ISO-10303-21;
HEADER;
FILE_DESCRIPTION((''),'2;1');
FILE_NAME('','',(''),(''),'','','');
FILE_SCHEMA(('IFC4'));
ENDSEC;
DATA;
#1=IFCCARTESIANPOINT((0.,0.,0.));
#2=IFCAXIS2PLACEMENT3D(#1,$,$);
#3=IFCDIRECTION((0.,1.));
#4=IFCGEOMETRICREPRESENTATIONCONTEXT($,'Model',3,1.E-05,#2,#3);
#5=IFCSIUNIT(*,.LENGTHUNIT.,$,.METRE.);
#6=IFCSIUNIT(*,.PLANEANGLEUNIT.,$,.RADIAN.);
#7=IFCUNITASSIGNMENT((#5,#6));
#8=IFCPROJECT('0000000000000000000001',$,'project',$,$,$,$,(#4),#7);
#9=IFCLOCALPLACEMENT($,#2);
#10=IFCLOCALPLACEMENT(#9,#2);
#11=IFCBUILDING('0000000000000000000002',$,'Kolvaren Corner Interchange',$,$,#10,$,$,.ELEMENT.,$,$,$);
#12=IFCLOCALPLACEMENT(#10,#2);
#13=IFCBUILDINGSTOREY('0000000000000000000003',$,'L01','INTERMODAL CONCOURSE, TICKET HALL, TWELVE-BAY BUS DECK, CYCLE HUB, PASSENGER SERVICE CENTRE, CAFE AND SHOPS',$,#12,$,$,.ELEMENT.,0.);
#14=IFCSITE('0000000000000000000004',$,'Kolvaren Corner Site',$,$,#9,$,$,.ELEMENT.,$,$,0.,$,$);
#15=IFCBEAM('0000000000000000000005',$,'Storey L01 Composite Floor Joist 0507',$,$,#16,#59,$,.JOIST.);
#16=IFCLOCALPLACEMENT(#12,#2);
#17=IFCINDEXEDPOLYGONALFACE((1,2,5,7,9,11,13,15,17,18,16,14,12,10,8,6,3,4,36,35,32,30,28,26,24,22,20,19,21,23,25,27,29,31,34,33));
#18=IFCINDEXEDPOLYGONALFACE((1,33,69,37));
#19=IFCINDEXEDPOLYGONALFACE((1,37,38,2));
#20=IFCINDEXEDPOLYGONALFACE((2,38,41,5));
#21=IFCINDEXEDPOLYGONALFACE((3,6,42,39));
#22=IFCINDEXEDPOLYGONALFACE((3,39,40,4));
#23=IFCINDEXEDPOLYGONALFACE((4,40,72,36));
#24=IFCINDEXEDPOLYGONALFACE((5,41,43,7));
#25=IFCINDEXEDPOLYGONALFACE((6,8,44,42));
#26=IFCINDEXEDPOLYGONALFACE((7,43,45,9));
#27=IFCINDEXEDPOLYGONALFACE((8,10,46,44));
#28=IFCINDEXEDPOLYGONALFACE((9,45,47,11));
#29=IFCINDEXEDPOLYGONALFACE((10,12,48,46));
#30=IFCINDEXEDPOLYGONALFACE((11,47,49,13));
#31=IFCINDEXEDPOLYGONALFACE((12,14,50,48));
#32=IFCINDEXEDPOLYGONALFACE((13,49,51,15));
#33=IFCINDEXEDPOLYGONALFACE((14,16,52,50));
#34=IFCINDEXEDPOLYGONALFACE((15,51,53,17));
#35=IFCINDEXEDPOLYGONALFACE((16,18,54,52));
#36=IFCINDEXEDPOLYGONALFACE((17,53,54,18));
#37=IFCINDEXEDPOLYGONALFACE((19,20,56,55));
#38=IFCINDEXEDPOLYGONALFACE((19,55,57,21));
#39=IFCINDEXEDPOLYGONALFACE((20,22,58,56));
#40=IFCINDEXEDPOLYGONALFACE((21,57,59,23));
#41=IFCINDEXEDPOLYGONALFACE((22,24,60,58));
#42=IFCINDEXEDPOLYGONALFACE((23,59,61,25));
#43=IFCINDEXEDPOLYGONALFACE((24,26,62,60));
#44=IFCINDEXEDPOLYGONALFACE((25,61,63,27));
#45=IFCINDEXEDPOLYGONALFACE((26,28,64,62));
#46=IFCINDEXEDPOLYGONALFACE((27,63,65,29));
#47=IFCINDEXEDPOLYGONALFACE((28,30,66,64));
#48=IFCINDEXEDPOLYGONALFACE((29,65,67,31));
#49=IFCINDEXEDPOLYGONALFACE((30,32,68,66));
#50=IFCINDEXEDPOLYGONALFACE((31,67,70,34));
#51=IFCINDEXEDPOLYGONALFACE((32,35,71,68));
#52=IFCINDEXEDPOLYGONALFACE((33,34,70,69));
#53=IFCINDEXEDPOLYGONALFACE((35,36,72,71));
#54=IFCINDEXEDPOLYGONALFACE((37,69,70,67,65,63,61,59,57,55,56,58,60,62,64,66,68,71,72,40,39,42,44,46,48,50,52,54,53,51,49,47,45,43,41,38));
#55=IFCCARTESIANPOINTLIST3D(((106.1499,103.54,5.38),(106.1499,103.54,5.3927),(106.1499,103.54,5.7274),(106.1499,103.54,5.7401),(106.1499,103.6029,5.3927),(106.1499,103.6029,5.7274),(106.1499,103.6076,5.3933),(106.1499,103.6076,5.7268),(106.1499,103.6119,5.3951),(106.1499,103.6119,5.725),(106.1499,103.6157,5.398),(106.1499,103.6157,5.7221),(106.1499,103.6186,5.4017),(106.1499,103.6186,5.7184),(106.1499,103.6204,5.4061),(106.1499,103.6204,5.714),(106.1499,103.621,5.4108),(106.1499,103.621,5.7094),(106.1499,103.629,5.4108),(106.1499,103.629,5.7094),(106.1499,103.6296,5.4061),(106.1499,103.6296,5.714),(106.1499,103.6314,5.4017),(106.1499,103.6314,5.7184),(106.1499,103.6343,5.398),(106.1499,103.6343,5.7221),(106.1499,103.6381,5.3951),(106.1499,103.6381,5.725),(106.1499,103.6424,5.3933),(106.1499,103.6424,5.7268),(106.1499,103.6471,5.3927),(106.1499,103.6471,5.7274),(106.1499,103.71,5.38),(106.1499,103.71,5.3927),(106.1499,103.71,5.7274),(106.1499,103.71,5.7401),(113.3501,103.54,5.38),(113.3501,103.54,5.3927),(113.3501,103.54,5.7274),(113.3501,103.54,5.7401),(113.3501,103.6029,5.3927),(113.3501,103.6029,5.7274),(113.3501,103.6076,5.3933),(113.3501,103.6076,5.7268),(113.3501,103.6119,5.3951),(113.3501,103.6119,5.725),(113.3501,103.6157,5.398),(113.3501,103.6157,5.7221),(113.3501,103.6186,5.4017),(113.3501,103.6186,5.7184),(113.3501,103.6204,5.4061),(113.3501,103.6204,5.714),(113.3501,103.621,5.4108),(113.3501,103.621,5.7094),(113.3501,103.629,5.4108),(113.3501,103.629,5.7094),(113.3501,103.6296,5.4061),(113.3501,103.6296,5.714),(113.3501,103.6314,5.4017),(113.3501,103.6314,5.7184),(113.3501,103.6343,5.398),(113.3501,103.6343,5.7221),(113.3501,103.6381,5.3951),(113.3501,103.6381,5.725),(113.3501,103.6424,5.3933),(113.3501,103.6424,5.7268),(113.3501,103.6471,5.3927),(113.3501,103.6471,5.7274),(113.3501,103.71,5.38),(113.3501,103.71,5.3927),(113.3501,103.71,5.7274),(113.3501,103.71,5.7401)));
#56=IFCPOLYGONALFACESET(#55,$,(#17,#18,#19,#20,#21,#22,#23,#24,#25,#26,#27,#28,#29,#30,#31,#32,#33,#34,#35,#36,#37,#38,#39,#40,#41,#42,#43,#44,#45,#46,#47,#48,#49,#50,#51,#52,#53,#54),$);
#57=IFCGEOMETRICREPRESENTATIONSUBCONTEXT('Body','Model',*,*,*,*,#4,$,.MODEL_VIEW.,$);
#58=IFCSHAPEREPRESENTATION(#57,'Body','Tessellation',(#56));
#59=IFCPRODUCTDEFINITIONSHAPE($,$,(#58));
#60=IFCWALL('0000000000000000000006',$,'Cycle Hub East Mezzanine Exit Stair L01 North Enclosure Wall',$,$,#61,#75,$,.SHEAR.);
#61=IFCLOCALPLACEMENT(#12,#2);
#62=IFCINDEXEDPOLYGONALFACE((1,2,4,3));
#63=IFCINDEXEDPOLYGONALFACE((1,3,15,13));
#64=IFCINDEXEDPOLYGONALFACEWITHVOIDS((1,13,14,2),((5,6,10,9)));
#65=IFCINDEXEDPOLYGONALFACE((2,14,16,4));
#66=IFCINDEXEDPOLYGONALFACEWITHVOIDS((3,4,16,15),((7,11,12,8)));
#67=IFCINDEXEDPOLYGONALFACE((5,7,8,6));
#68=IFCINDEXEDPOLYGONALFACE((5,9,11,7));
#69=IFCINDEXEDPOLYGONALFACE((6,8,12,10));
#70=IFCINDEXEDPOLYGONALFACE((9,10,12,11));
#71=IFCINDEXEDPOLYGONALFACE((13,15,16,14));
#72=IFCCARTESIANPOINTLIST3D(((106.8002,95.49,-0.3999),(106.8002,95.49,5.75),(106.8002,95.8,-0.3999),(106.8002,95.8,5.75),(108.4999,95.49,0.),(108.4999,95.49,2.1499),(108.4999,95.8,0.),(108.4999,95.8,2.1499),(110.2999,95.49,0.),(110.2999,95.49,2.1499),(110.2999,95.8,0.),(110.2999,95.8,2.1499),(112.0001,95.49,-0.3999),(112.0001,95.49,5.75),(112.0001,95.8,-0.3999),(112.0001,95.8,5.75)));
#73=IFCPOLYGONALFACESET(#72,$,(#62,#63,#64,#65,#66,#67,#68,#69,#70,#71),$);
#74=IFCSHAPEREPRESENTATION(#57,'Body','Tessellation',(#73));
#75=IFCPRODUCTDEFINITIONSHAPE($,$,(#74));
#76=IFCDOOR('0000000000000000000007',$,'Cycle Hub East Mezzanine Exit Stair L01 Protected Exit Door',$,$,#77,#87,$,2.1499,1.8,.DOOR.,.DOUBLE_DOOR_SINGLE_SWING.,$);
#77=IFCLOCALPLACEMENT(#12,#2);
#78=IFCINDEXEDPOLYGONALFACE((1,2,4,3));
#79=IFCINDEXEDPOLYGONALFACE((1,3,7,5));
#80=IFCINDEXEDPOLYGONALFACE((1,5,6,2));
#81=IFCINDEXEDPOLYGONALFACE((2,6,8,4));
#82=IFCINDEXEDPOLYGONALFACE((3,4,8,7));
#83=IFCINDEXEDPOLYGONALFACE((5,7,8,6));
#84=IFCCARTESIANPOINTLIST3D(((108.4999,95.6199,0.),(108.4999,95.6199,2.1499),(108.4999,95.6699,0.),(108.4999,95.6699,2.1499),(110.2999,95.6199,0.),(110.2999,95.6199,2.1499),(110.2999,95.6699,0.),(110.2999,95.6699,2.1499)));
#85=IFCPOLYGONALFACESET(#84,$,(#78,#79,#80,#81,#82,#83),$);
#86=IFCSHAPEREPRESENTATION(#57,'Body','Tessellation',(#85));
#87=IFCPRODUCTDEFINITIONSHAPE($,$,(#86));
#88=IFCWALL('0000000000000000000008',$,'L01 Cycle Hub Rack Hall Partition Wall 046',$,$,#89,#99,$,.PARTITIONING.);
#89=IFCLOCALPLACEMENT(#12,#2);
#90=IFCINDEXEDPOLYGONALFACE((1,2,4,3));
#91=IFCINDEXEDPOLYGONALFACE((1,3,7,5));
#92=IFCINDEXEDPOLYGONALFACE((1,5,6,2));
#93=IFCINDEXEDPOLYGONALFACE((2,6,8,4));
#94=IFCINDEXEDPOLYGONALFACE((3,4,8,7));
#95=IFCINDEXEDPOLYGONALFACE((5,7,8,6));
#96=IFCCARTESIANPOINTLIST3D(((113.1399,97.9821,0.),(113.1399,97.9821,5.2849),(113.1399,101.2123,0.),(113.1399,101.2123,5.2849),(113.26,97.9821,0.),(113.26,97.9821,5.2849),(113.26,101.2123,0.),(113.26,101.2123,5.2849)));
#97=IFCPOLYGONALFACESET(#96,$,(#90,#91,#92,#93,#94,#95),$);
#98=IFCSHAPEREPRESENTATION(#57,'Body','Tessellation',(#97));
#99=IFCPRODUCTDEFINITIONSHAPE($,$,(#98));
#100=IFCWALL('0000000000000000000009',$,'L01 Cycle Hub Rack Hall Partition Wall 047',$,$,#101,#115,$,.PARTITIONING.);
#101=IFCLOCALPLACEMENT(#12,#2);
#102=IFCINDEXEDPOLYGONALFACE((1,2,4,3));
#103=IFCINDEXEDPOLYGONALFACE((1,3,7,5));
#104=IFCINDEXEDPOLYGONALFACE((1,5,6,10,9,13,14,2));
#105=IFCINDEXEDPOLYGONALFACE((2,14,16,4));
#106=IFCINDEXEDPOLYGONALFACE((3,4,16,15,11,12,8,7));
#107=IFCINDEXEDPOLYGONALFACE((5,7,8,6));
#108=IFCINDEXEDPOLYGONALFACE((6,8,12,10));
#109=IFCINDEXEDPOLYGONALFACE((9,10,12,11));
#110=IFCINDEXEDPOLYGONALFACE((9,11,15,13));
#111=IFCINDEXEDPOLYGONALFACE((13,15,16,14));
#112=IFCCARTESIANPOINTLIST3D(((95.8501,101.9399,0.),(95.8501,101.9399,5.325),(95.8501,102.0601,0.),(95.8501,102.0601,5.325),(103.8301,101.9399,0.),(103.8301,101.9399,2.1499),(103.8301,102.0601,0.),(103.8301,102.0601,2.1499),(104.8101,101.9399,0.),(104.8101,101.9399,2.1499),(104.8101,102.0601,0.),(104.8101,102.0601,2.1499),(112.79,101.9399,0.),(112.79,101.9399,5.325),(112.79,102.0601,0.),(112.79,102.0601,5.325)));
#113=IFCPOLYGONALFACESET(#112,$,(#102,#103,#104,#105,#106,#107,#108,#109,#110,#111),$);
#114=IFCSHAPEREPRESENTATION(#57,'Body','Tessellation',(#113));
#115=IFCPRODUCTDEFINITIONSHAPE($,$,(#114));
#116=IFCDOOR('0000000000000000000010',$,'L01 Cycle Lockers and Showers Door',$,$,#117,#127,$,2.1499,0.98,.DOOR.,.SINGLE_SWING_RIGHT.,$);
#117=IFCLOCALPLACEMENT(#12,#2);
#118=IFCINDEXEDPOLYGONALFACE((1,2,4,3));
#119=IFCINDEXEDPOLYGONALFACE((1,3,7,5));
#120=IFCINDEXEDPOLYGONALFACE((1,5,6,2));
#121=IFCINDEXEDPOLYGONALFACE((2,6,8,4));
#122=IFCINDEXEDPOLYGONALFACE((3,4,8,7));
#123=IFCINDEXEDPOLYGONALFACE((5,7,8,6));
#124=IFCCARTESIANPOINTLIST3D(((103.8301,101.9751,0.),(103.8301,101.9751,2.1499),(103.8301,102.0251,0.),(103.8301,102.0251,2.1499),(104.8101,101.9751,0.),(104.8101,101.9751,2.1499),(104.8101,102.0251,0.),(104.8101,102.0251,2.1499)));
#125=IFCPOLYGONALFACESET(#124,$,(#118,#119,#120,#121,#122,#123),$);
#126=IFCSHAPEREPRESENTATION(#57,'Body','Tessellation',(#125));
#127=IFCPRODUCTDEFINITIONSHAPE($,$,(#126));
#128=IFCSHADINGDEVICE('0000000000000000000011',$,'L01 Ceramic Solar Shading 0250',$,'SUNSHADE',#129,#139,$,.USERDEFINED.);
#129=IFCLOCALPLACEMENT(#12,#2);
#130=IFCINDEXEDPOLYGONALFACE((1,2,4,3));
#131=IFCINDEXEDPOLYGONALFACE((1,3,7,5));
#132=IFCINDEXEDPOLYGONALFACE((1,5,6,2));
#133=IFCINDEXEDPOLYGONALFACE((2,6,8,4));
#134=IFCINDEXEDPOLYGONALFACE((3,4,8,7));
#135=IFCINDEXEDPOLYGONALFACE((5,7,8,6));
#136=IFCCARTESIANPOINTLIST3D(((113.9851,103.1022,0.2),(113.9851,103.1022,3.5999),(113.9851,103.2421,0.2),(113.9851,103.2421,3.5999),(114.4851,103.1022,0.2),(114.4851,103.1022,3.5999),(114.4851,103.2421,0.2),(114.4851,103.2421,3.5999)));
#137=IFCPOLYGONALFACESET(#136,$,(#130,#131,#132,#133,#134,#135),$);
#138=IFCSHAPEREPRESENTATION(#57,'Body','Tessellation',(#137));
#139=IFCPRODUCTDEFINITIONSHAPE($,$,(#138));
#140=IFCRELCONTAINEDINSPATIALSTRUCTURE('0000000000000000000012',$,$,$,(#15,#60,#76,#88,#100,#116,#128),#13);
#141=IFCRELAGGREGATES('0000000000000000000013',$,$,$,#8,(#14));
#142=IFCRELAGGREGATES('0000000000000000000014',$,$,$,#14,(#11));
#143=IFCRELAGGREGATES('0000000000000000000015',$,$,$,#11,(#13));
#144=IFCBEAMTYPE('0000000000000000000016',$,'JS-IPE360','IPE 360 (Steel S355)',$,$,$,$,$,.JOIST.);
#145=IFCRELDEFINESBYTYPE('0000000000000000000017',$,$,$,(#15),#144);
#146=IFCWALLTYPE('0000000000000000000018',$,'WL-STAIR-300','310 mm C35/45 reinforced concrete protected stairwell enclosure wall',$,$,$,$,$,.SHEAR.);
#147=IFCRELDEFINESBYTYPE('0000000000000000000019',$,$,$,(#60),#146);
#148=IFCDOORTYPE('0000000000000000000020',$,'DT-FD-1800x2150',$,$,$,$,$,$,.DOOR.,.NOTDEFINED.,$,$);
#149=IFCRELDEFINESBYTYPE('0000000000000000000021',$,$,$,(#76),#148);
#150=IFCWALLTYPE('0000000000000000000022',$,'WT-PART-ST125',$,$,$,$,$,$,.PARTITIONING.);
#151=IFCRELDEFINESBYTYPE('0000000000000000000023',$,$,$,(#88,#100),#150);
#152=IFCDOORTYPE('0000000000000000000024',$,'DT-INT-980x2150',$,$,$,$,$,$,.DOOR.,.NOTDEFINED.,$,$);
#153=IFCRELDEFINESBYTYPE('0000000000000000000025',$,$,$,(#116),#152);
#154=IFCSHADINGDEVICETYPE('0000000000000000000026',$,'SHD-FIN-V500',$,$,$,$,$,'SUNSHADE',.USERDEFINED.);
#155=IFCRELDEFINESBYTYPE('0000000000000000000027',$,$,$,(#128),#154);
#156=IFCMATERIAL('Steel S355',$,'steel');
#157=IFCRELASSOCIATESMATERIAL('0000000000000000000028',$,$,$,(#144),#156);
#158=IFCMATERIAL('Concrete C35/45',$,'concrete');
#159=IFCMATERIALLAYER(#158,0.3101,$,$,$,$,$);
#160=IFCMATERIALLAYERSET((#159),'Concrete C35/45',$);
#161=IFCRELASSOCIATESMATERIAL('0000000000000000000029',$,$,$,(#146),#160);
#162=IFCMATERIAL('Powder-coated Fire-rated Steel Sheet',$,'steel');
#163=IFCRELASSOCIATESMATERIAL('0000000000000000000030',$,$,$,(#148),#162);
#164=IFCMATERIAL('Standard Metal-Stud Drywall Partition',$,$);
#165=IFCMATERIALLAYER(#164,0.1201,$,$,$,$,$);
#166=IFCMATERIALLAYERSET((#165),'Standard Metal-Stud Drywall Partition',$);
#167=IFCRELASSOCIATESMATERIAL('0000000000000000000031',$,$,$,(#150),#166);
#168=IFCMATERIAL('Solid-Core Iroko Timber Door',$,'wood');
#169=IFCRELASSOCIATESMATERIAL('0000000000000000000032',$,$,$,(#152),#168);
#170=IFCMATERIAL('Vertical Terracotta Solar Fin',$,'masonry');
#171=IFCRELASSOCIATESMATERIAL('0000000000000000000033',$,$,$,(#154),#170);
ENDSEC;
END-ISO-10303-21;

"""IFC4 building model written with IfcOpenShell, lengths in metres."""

from ifc_helpers import new_model, si_unit, direction, frame, frame_2d, origin, origin_2d, place, context, subcontext, project, spatial, rectangle, i_section, extrude, material, layer, layer_set, material_profile, profile_set, type_object, element, fill, save


model = new_model("IFC4")

# Units and contexts
model_context = context("Model", 3, precision=1e-05, world=origin(), true_north=direction((0.0, 1.0)))
body_context = subcontext(model_context, "Body", "Model", "MODEL_VIEW")
ifc_project = project(units=[si_unit("LENGTHUNIT", "METRE"), si_unit("PLANEANGLEUNIT", "RADIAN")], contexts=[model_context])

# Site, building, storey
site_placement = place(None, origin())
site = spatial("IfcSite", under=ifc_project, at=site_placement, Name="Kolvaren Corner Site", CompositionType="ELEMENT", RefElevation=0.0)
building_placement = place(site_placement, origin())
building = spatial("IfcBuilding", under=site, at=building_placement, Name="Kolvaren Corner Interchange", CompositionType="ELEMENT")
storey_placement = place(building_placement, origin())
storey = spatial("IfcBuildingStorey", under=building, at=storey_placement, Name="L01", Description="INTERMODAL CONCOURSE, TICKET HALL, TWELVE-BAY BUS DECK, CYCLE HUB, PASSENGER SERVICE CENTRE, CAFE AND SHOPS", CompositionType="ELEMENT", Elevation=0.0)

# Beam
ifc_material_1 = material(Name="Steel S355", Category="steel")
ifc_material_profile_1 = material_profile(ifc_material_1, i_section(OverallWidth=0.1699, OverallDepth=0.3601, WebThickness=0.0081, FlangeThickness=0.0127, FilletRadius=0.0181, at=origin_2d()), Name="IPE 360")
ifc_profile_set_1 = profile_set([ifc_material_profile_1], Name="Steel S355")
beam_type_1 = type_object("IfcBeamType", Name="JS-IPE360", Description="IPE 360 (Steel S355)", PredefinedType="JOIST", material=ifc_profile_set_1)
for number, where, z_axis, x_axis, name in (
    (1, (106.1499, 103.625, 5.5601), (1.0, 0.0, 0.0), (0.0, 1.0, 0.0), "Storey L01 Composite Floor Joist 0507"),
):
    element("IfcBeam", number, at=place(storey_placement, frame(where, z_axis=z_axis, x_axis=x_axis)), inside=storey, type_object=beam_type_1, Name=name, PredefinedType="JOIST", context=body_context, shape_type="SweptSolid", body=[
        extrude(i_section(OverallWidth=0.1699, OverallDepth=0.3601, WebThickness=0.0081, FlangeThickness=0.0127, FilletRadius=0.0181, at=origin_2d()), origin(), (0.0, 0.0, 1.0), 7.2002),
    ])

# Wall, opening, door
ifc_material_2 = material(Name="Concrete C35/45", Category="concrete")
ifc_layer_1 = layer(ifc_material_2, 0.3101)
ifc_layer_set_1 = layer_set([ifc_layer_1], Name="Concrete C35/45")
wall_type_1 = type_object("IfcWallType", Name="WL-STAIR-300", Description="310 mm C35/45 reinforced concrete protected stairwell enclosure wall", PredefinedType="SHEAR", material=ifc_layer_set_1)
wall_1_placement = place(storey_placement, frame((106.8, 95.645, -0.3999), z_axis=(0.0, 0.0, 1.0), x_axis=(1.0, 0.0, 0.0)))
wall_1 = element("IfcWall", 2, at=wall_1_placement, inside=storey, type_object=wall_type_1, Name="Cycle Hub East Mezzanine Exit Stair L01 North Enclosure Wall", PredefinedType="SHEAR", context=body_context, shape_type="SweptSolid", body=[
    extrude(rectangle(XDim=5.2, YDim=0.3101, at=frame_2d((2.6001, 0.0))), origin(), (0.0, 0.0, 1.0), 6.1499),
])
opening_1_placement = place(wall_1_placement, frame((1.7, 0.0, 0.3999)))
opening_1 = element("IfcOpeningElement", 3, at=opening_1_placement, cuts=wall_1, PredefinedType="OPENING", context=body_context, shape_type="SweptSolid", body=[
    extrude(rectangle(XDim=1.8, YDim=2.1499, at=frame_2d((0.8999, 1.075))), frame((0.0, 0.165, 0.0), z_axis=(0.0, -1.0, 0.0), x_axis=(1.0, 0.0, 0.0)), (0.0, 0.0, 1.0), 0.3301),
])
ifc_material_3 = material(Name="Powder-coated Fire-rated Steel Sheet", Category="steel")
door_type_1 = type_object("IfcDoorType", Name="DT-FD-1800x2150", OperationType="NOTDEFINED", PredefinedType="DOOR", material=ifc_material_3)
door_1_placement = place(opening_1_placement, origin())
door_1 = element("IfcDoor", 4, at=door_1_placement, inside=storey, type_object=door_type_1, Name="Cycle Hub East Mezzanine Exit Stair L01 Protected Exit Door", OperationType="DOUBLE_DOOR_SINGLE_SWING", OverallHeight=2.1499, OverallWidth=1.8, PredefinedType="DOOR", context=body_context, shape_type="SweptSolid", body=[
    extrude(rectangle(XDim=1.8, YDim=2.1499, at=frame_2d((0.8999, 1.075))), frame((0.0, 0.0249, 0.0), z_axis=(0.0, -1.0, 0.0), x_axis=(1.0, 0.0, 0.0)), (0.0, 0.0, 1.0), 0.05),
])
fill(opening_1, door_1)

# Wall
ifc_material_4 = material(Name="Standard Metal-Stud Drywall Partition")
ifc_layer_2 = layer(ifc_material_4, 0.1201)
ifc_layer_set_2 = layer_set([ifc_layer_2], Name="Standard Metal-Stud Drywall Partition")
wall_type_2 = type_object("IfcWallType", Name="WT-PART-ST125", PredefinedType="PARTITIONING", material=ifc_layer_set_2)
wall_2_placement = place(storey_placement, frame((113.2, 97.9819, 0.0), z_axis=(0.0, 0.0, 1.0), x_axis=(0.0, 1.0, 0.0)))
element("IfcWall", 5, at=wall_2_placement, inside=storey, type_object=wall_type_2, Name="L01 Cycle Hub Rack Hall Partition Wall 046", PredefinedType="PARTITIONING", context=body_context, shape_type="SweptSolid", body=[
    extrude(rectangle(XDim=3.2302, YDim=0.1201, at=frame_2d((1.6152, 0.0))), origin(), (0.0, 0.0, 1.0), 5.2849),
])

# Wall, opening, door
wall_3_placement = place(storey_placement, frame((112.79, 102.0, 0.0), z_axis=(0.0, 0.0, 1.0), x_axis=(-1.0, 0.0, 0.0)))
wall_3 = element("IfcWall", 6, at=wall_3_placement, inside=storey, type_object=wall_type_2, Name="L01 Cycle Hub Rack Hall Partition Wall 047", PredefinedType="PARTITIONING", context=body_context, shape_type="SweptSolid", body=[
    extrude(rectangle(XDim=16.9399, YDim=0.1201, at=frame_2d((8.47, 0.0))), origin(), (0.0, 0.0, 1.0), 5.325),
])
opening_2_placement = place(wall_3_placement, frame((7.98, 0.0, 0.0)))
opening_2 = element("IfcOpeningElement", 7, at=opening_2_placement, cuts=wall_3, PredefinedType="OPENING", context=body_context, shape_type="SweptSolid", body=[
    extrude(rectangle(XDim=0.98, YDim=2.1499, at=frame_2d((0.49, 1.075))), frame((0.0, 0.0701, 0.0), z_axis=(0.0, -1.0, 0.0), x_axis=(1.0, 0.0, 0.0)), (0.0, 0.0, 1.0), 0.1401),
])
ifc_material_5 = material(Name="Solid-Core Iroko Timber Door", Category="wood")
door_type_2 = type_object("IfcDoorType", Name="DT-INT-980x2150", OperationType="NOTDEFINED", PredefinedType="DOOR", material=ifc_material_5)
door_2_placement = place(opening_2_placement, origin())
door_2 = element("IfcDoor", 8, at=door_2_placement, inside=storey, type_object=door_type_2, Name="L01 Cycle Lockers and Showers Door", OperationType="SINGLE_SWING_RIGHT", OverallHeight=2.1499, OverallWidth=0.98, PredefinedType="DOOR", context=body_context, shape_type="SweptSolid", body=[
    extrude(rectangle(XDim=0.98, YDim=2.1499, at=frame_2d((0.49, 1.075))), frame((0.0, 0.0249, 0.0), z_axis=(0.0, -1.0, 0.0), x_axis=(1.0, 0.0, 0.0)), (0.0, 0.0, 1.0), 0.05),
])
fill(opening_2, door_2)

# Shading device
ifc_material_6 = material(Name="Vertical Terracotta Solar Fin", Category="masonry")
shading_device_type = type_object("IfcShadingDeviceType", Name="SHD-FIN-V500", ElementType="SUNSHADE", PredefinedType="USERDEFINED", material=ifc_material_6)
shading_device_placement = place(storey_placement, frame((114.2351, 103.1721, 0.2), z_axis=(0.0, 0.0, 1.0), x_axis=(0.0, 1.0, 0.0)))
element("IfcShadingDevice", 9, at=shading_device_placement, inside=storey, type_object=shading_device_type, Name="L01 Ceramic Solar Shading 0250", ObjectType="SUNSHADE", PredefinedType="USERDEFINED", context=body_context, shape_type="SweptSolid", body=[
    extrude(rectangle(XDim=0.1399, YDim=0.5, at=origin_2d()), origin(), (0.0, 0.0, 1.0), 3.3999),
])

save(model, "model.ifc")
